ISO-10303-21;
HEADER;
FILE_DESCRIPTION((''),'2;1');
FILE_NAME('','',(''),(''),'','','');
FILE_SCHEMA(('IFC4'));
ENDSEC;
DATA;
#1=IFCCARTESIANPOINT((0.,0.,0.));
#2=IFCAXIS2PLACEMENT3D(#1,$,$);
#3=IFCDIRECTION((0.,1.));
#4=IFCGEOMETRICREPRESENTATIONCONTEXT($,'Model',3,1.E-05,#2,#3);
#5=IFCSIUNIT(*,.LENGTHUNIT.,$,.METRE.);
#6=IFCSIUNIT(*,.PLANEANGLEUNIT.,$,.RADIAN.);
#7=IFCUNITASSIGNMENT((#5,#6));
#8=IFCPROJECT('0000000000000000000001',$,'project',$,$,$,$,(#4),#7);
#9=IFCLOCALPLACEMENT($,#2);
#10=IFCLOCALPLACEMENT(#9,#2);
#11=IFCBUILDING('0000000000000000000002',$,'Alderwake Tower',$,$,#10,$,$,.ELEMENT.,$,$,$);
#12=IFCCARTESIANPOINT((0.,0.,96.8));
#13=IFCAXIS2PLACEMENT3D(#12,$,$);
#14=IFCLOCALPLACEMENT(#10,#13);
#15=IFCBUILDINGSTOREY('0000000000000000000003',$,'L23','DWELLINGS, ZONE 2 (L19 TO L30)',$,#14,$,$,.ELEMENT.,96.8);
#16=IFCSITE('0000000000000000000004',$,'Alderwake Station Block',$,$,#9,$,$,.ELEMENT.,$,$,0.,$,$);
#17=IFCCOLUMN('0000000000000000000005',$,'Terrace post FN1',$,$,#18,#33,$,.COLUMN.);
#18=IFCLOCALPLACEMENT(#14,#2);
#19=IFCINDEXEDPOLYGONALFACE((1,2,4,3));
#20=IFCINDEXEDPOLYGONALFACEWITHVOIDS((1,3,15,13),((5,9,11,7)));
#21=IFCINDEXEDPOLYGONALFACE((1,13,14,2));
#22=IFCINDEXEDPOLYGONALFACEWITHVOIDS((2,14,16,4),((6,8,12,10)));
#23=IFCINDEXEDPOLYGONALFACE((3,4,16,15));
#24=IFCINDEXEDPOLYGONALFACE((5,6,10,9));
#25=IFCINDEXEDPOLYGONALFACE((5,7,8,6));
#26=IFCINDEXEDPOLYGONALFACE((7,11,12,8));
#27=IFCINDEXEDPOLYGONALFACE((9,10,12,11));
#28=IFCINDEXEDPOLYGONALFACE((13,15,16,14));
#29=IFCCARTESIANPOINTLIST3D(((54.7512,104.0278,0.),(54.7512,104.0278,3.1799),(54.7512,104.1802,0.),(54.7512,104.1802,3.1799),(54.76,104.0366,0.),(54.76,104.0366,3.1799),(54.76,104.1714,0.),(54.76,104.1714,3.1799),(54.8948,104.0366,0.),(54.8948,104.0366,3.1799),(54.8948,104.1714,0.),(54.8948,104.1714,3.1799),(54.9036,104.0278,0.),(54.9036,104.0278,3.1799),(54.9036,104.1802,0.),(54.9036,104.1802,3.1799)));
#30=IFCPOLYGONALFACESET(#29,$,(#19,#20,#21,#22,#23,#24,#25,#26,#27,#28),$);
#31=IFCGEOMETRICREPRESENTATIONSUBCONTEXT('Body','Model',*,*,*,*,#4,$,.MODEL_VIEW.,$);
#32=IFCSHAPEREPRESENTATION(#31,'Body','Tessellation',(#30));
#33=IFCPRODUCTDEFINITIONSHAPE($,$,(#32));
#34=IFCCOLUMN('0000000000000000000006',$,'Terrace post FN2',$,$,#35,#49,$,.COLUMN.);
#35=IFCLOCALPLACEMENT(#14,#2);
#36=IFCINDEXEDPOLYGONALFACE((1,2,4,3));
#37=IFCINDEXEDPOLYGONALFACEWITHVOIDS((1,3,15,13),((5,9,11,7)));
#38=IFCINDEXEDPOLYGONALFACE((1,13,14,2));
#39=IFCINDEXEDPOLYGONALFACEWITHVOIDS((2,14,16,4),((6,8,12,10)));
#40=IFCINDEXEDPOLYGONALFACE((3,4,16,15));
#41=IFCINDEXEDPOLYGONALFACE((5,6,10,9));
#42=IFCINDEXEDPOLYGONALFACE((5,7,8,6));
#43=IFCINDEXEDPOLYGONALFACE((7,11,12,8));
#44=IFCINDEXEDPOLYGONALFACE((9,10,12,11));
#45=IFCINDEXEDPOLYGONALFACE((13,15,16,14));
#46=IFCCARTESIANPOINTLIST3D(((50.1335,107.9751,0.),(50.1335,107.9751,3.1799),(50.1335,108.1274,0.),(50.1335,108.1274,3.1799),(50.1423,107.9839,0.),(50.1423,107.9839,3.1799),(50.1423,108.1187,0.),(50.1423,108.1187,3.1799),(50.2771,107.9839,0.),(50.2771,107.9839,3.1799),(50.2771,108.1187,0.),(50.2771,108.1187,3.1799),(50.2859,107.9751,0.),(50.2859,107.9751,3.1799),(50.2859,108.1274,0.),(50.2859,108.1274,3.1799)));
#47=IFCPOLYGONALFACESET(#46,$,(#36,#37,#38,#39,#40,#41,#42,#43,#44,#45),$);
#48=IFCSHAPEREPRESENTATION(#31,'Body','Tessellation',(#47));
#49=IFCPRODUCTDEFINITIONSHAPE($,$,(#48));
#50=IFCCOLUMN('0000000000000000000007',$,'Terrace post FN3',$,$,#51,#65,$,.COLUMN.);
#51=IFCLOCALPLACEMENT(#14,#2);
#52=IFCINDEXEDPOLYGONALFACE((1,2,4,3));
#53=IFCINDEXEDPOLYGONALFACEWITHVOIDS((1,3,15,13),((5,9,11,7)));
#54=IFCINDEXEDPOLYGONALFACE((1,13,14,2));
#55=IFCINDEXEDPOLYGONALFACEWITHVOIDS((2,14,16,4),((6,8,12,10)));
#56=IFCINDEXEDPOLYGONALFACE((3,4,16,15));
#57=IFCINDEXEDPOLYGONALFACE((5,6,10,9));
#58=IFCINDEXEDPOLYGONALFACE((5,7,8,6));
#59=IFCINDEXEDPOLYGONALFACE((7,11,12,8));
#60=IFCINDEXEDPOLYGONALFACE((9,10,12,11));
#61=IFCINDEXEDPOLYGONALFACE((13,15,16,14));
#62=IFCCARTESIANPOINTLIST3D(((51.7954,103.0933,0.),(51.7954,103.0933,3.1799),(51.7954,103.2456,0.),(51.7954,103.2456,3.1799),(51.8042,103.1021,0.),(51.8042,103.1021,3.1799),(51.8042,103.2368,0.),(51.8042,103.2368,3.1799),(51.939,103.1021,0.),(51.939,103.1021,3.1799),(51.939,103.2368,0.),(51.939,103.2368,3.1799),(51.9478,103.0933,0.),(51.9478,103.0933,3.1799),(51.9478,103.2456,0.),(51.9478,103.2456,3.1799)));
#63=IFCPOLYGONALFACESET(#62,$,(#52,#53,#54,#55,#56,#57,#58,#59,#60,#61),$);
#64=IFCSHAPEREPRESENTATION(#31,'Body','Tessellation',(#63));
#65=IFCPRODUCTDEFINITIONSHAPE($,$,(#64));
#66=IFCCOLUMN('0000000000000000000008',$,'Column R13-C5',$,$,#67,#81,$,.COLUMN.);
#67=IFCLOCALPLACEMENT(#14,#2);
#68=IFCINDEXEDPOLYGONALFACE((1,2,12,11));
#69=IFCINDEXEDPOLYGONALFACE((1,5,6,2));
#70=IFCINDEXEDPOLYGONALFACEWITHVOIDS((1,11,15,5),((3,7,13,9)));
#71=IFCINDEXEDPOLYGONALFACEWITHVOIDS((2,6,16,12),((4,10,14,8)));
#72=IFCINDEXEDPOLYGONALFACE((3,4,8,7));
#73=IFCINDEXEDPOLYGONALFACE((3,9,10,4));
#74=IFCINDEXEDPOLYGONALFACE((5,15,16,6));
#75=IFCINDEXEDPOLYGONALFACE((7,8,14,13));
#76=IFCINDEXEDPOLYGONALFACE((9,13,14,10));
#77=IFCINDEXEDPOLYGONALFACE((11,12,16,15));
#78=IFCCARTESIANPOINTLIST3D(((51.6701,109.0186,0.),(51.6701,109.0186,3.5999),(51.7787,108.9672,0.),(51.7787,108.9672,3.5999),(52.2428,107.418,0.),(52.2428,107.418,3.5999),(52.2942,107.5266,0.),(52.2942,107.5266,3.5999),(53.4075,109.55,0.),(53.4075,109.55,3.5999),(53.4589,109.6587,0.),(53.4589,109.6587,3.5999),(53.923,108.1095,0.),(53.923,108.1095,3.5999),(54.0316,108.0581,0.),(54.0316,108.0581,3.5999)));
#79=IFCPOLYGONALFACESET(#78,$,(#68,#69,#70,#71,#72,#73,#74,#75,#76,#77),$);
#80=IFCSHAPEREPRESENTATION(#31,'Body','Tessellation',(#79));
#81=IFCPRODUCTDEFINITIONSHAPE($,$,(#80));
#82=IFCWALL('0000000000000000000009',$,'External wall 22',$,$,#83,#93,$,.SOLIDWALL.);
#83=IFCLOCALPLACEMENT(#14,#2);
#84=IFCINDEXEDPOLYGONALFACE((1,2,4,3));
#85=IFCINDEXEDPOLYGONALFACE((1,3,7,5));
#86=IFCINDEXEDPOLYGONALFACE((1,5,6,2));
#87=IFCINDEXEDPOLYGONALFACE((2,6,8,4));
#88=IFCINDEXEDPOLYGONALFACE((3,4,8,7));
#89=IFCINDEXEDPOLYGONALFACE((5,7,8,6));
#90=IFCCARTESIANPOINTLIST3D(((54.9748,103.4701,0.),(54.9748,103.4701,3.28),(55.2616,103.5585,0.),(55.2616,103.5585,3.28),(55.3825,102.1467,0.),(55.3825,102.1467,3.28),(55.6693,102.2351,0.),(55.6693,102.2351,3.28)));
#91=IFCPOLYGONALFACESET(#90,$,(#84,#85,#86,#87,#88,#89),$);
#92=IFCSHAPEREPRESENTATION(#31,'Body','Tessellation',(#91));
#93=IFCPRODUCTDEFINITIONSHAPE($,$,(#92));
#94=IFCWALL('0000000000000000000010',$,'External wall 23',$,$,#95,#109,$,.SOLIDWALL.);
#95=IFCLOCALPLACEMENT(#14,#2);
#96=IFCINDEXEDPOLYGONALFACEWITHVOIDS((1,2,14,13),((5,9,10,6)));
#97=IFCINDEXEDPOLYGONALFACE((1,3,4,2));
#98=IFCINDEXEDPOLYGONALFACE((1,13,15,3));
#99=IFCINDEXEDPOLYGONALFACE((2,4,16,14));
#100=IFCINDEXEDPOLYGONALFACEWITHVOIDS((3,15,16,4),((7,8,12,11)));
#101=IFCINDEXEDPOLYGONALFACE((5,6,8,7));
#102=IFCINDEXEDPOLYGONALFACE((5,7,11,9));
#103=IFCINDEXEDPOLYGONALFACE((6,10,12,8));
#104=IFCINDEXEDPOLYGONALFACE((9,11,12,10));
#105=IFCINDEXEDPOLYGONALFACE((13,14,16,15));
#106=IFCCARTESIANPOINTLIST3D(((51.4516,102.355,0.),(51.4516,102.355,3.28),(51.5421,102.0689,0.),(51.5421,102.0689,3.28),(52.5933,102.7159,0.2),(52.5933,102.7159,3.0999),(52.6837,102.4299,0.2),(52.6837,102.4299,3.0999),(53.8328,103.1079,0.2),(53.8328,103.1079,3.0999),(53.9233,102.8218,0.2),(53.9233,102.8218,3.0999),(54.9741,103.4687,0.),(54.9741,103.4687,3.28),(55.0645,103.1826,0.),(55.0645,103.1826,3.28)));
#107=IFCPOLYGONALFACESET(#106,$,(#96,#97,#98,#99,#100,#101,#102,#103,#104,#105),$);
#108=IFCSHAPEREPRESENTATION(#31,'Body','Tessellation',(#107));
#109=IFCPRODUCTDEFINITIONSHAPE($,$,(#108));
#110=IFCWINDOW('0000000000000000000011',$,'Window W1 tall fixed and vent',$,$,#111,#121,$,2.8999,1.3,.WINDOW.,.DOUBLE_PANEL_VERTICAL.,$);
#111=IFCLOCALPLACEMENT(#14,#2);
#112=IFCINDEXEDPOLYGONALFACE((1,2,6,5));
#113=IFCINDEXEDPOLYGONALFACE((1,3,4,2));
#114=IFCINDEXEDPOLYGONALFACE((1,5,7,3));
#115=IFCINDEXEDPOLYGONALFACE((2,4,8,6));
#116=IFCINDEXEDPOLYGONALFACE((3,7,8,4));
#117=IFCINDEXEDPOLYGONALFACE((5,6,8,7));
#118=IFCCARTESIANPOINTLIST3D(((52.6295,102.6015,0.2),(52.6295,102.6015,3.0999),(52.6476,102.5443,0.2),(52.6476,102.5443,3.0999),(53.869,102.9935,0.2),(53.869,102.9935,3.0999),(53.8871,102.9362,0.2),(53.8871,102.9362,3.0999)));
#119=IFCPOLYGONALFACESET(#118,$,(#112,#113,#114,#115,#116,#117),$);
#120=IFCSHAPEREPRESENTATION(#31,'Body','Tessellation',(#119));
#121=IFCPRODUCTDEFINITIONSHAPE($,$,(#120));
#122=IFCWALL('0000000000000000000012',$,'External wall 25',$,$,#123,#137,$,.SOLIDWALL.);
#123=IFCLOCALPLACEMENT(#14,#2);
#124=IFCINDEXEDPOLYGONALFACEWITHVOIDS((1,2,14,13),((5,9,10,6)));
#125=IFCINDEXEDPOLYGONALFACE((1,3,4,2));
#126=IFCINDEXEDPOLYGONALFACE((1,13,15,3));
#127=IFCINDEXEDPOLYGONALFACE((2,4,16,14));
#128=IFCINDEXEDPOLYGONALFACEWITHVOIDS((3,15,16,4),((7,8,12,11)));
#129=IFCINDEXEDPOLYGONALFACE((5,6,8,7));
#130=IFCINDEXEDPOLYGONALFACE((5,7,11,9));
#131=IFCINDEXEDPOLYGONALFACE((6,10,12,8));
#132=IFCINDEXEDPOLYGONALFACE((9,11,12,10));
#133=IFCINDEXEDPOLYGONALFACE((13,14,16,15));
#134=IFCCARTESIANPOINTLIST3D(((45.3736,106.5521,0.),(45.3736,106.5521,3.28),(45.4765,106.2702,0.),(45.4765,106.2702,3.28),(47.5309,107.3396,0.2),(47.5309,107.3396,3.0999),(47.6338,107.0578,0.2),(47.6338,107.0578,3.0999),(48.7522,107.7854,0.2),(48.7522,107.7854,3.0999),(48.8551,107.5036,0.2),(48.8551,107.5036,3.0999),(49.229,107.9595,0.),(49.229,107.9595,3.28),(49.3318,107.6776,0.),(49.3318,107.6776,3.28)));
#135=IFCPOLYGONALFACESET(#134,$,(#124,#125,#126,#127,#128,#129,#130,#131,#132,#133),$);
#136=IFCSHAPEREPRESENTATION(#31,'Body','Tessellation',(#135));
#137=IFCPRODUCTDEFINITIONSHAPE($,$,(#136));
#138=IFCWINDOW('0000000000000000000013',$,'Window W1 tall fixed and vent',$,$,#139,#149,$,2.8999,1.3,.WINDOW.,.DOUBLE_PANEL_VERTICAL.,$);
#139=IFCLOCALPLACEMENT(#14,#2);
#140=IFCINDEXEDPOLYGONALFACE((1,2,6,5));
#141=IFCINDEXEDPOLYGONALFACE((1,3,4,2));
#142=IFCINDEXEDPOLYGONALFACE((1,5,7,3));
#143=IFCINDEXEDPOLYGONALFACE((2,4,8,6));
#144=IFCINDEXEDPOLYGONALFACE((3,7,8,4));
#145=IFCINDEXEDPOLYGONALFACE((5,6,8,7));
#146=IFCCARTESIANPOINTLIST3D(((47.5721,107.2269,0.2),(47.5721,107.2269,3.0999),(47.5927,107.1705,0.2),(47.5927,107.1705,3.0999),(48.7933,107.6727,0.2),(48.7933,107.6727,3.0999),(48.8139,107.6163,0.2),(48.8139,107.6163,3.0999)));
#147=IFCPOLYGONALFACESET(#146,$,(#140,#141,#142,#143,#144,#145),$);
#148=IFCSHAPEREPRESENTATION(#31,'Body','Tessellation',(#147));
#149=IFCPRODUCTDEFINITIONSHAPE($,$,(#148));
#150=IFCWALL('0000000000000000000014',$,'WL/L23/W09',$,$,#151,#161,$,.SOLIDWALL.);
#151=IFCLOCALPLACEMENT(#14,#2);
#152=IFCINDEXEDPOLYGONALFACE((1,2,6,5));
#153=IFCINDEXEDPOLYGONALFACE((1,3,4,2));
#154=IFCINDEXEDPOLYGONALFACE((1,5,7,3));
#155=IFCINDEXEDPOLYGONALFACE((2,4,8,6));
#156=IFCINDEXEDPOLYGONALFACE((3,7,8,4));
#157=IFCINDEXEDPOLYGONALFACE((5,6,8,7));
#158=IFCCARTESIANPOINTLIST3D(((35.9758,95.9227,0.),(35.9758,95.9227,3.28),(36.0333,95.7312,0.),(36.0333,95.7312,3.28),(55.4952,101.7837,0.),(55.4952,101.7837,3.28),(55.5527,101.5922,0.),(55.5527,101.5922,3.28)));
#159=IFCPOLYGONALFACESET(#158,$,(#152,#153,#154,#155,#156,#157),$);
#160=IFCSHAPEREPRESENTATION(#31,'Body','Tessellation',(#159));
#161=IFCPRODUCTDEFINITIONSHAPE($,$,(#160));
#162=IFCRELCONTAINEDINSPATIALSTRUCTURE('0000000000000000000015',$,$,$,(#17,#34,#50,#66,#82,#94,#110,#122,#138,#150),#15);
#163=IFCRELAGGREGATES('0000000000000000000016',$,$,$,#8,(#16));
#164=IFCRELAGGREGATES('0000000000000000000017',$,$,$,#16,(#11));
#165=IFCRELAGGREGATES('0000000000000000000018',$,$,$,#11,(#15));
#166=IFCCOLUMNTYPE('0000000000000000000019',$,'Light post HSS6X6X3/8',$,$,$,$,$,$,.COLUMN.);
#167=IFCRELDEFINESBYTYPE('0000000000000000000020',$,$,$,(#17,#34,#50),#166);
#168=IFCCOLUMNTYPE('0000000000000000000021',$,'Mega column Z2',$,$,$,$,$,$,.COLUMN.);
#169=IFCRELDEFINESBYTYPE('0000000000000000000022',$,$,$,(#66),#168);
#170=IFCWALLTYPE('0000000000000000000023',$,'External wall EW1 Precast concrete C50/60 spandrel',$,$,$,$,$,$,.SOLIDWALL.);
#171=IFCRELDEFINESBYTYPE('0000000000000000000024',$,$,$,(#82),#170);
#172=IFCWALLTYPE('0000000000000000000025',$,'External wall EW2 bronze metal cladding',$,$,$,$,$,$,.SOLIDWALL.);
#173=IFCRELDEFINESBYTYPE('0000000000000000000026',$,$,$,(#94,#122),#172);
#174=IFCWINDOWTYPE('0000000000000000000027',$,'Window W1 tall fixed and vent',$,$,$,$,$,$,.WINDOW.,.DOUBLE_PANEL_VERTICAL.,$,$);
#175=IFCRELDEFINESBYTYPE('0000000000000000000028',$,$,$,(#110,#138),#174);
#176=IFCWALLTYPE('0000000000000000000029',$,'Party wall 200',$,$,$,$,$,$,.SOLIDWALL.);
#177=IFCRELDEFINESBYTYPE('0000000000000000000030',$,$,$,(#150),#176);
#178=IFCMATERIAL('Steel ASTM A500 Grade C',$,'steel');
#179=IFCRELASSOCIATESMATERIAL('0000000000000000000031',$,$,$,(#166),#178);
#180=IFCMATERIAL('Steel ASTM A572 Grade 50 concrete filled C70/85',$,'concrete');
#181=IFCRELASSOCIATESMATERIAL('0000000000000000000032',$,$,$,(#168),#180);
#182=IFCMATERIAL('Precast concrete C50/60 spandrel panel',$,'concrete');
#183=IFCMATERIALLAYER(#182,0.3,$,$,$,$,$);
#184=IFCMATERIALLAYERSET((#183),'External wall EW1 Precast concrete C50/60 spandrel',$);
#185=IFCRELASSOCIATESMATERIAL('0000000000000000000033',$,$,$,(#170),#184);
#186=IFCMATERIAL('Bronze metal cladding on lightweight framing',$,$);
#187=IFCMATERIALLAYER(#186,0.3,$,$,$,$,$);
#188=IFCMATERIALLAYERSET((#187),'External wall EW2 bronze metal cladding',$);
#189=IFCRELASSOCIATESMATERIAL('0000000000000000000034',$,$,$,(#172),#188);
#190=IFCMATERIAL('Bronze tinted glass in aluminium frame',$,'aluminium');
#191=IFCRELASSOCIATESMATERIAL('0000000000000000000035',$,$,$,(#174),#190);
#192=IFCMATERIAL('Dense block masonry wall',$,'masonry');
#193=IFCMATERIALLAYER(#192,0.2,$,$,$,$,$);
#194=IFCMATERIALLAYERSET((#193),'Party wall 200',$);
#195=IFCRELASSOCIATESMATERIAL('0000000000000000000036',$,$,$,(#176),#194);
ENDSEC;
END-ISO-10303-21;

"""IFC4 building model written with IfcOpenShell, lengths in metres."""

from ifc_helpers import new_model, si_unit, direction, frame, frame_2d, origin, origin_2d, place, context, subcontext, project, spatial, rectangle, hollow_rectangle, extrude, material, layer, layer_set, material_profile, profile_set, type_object, element, fill, save


model = new_model("IFC4")

# Units and contexts
model_context = context("Model", 3, precision=1e-05, world=origin(), true_north=direction((0.0, 1.0)))
body_context = subcontext(model_context, "Body", "Model", "MODEL_VIEW")
ifc_project = project(units=[si_unit("LENGTHUNIT", "METRE"), si_unit("PLANEANGLEUNIT", "RADIAN")], contexts=[model_context])

# Site, building, storey
site_placement = place(None, origin())
site = spatial("IfcSite", under=ifc_project, at=site_placement, Name="Alderwake Station Block", CompositionType="ELEMENT", RefElevation=0.0)
building_placement = place(site_placement, origin())
building = spatial("IfcBuilding", under=site, at=building_placement, Name="Alderwake Tower", CompositionType="ELEMENT")
storey_placement = place(building_placement, frame((0.0, 0.0, 96.8)))
storey = spatial("IfcBuildingStorey", under=building, at=storey_placement, Name="L23", Description="DWELLINGS, ZONE 2 (L19 TO L30)", CompositionType="ELEMENT", Elevation=96.8)

# Columns
ifc_material_1 = material(Name="Steel ASTM A500 Grade C", Category="steel")
ifc_material_profile_1 = material_profile(ifc_material_1, hollow_rectangle(XDim=0.1523, YDim=0.1523, WallThickness=0.0088, at=origin_2d()), Name="HSS6X6X3/8")
ifc_profile_set_1 = profile_set([ifc_material_profile_1], Name="Steel ASTM A500 Grade C")
column_type_1 = type_object("IfcColumnType", Name="Light post HSS6X6X3/8", PredefinedType="COLUMN", material=ifc_profile_set_1)
for number, where, z_axis, x_axis, name in (
    (1, (54.8274, 104.104, 0.0), (0.0, 0.0, 1.0), (1.0, 0.0, 0.0), "Terrace post FN1"),
    (2, (50.2097, 108.0513, 0.0), (0.0, 0.0, 1.0), (1.0, 0.0, 0.0), "Terrace post FN2"),
    (3, (51.8716, 103.1694, 0.0), (0.0, 0.0, 1.0), (1.0, 0.0, 0.0), "Terrace post FN3"),
):
    element("IfcColumn", number, at=place(storey_placement, frame(where, z_axis=z_axis, x_axis=x_axis)), inside=storey, type_object=column_type_1, Name=name, PredefinedType="COLUMN", context=body_context, shape_type="SweptSolid", body=[
        extrude(hollow_rectangle(XDim=0.1523, YDim=0.1523, WallThickness=0.0088, at=origin_2d()), origin(), (0.0, 0.0, 1.0), 3.1799),
    ])
ifc_material_2 = material(Name="Steel ASTM A572 Grade 50 concrete filled C70/85", Category="concrete")
ifc_material_profile_2 = material_profile(ifc_material_2, hollow_rectangle(XDim=1.7, YDim=1.8999, WallThickness=0.085, at=origin_2d()), Name="BOX 1900X1700X85")
ifc_profile_set_2 = profile_set([ifc_material_profile_2], Name="Steel ASTM A572 Grade 50 concrete filled C70/85")
column_type_2 = type_object("IfcColumnType", Name="Mega column Z2", PredefinedType="COLUMN", material=ifc_profile_set_2)
column_placement = place(storey_placement, frame((52.8508, 108.5383, 0.0), z_axis=(0.0, 0.0, 1.0), x_axis=(-0.336911, 0.941536, 0.0)))
element("IfcColumn", 4, at=column_placement, inside=storey, type_object=column_type_2, Name="Column R13-C5", PredefinedType="COLUMN", context=body_context, shape_type="SweptSolid", body=[
    extrude(hollow_rectangle(XDim=1.7, YDim=1.8999, WallThickness=0.085, at=origin_2d()), origin(), (0.0, 0.0, 1.0), 3.5999),
])

# Wall
ifc_material_3 = material(Name="Precast concrete C50/60 spandrel panel", Category="concrete")
ifc_layer_1 = layer(ifc_material_3, 0.3)
ifc_layer_set_1 = layer_set([ifc_layer_1], Name="External wall EW1 Precast concrete C50/60 spandrel")
wall_type_1 = type_object("IfcWallType", Name="External wall EW1 Precast concrete C50/60 spandrel", PredefinedType="SOLIDWALL", material=ifc_layer_set_1)
wall_1_placement = place(storey_placement, frame((55.5259, 102.1909, 0.0), z_axis=(0.0, 0.0, 1.0), x_axis=(-0.294408, 0.95568, 0.0)))
element("IfcWall", 5, at=wall_1_placement, inside=storey, type_object=wall_type_1, Name="External wall 22", PredefinedType="SOLIDWALL", context=body_context, shape_type="SweptSolid", body=[
    extrude(rectangle(XDim=1.3848, YDim=0.3, at=frame_2d((0.6924, 0.0))), origin(), (0.0, 0.0, 1.0), 3.28),
])

# Wall, opening, window
ifc_material_4 = material(Name="Bronze metal cladding on lightweight framing")
ifc_layer_2 = layer(ifc_material_4, 0.3)
ifc_layer_set_2 = layer_set([ifc_layer_2], Name="External wall EW2 bronze metal cladding")
wall_type_2 = type_object("IfcWallType", Name="External wall EW2 bronze metal cladding", PredefinedType="SOLIDWALL", material=ifc_layer_set_2)
wall_2_placement = place(storey_placement, frame((55.0193, 103.3257, 0.0), z_axis=(0.0, 0.0, 1.0), x_axis=(-0.953473, -0.301479, 0.0)))
wall_2 = element("IfcWall", 6, at=wall_2_placement, inside=storey, type_object=wall_type_2, Name="External wall 23", PredefinedType="SOLIDWALL", context=body_context, shape_type="SweptSolid", body=[
    extrude(rectangle(XDim=3.6943, YDim=0.3, at=frame_2d((1.8472, 0.0))), origin(), (0.0, 0.0, 1.0), 3.28),
])
opening_1_placement = place(wall_2_placement, frame((1.197, 0.0, 0.2)))
opening_1 = element("IfcOpeningElement", 7, at=opening_1_placement, cuts=wall_2, PredefinedType="OPENING", context=body_context, shape_type="SweptSolid", body=[
    extrude(rectangle(XDim=1.3, YDim=2.8999, at=frame_2d((0.6499, 1.45))), frame((0.0, 0.1599, 0.0), z_axis=(0.0, -1.0, 0.0), x_axis=(1.0, 0.0, 0.0)), (0.0, 0.0, 1.0), 0.3201),
])
ifc_material_5 = material(Name="Bronze tinted glass in aluminium frame", Category="aluminium")
window_type = type_object("IfcWindowType", Name="Window W1 tall fixed and vent", PartitioningType="DOUBLE_PANEL_VERTICAL", PredefinedType="WINDOW", material=ifc_material_5)
window_1_placement = place(opening_1_placement, origin())
window_1 = element("IfcWindow", 8, at=window_1_placement, inside=storey, type_object=window_type, Name="Window W1 tall fixed and vent", OverallHeight=2.8999, OverallWidth=1.3, PartitioningType="DOUBLE_PANEL_VERTICAL", PredefinedType="WINDOW", context=body_context, shape_type="SweptSolid", body=[
    extrude(rectangle(XDim=1.3, YDim=2.8999, at=frame_2d((0.6499, 1.45))), frame((0.0, 0.03, 0.0), z_axis=(0.0, -1.0, 0.0), x_axis=(1.0, 0.0, 0.0)), (0.0, 0.0, 1.0), 0.0601),
])
fill(opening_1, window_1)

# Wall, opening, window
wall_3_placement = place(storey_placement, frame((49.2805, 107.8186, 0.0), z_axis=(0.0, 0.0, 1.0), x_axis=(-0.939364, -0.342922, 0.0)))
wall_3 = element("IfcWall", 9, at=wall_3_placement, inside=storey, type_object=wall_type_2, Name="External wall 25", PredefinedType="SOLIDWALL", context=body_context, shape_type="SweptSolid", body=[
    extrude(rectangle(XDim=4.1042, YDim=0.3, at=frame_2d((2.0522, 0.0))), origin(), (0.0, 0.0, 1.0), 3.28),
])
opening_2_placement = place(wall_3_placement, frame((0.5078, 0.0, 0.2)))
opening_2 = element("IfcOpeningElement", 10, at=opening_2_placement, cuts=wall_3, PredefinedType="OPENING", context=body_context, shape_type="SweptSolid", body=[
    extrude(rectangle(XDim=1.3, YDim=2.8999, at=frame_2d((0.6499, 1.45))), frame((0.0, 0.1599, 0.0), z_axis=(0.0, -1.0, 0.0), x_axis=(1.0, 0.0, 0.0)), (0.0, 0.0, 1.0), 0.3201),
])
window_2_placement = place(opening_2_placement, origin())
window_2 = element("IfcWindow", 11, at=window_2_placement, inside=storey, type_object=window_type, Name="Window W1 tall fixed and vent", OverallHeight=2.8999, OverallWidth=1.3, PartitioningType="DOUBLE_PANEL_VERTICAL", PredefinedType="WINDOW", context=body_context, shape_type="SweptSolid", body=[
    extrude(rectangle(XDim=1.3, YDim=2.8999, at=frame_2d((0.6499, 1.45))), frame((0.0, 0.03, 0.0), z_axis=(0.0, -1.0, 0.0), x_axis=(1.0, 0.0, 0.0)), (0.0, 0.0, 1.0), 0.0601),
])
fill(opening_2, window_2)

# Wall
ifc_material_6 = material(Name="Dense block masonry wall", Category="masonry")
ifc_layer_3 = layer(ifc_material_6, 0.2)
ifc_layer_set_3 = layer_set([ifc_layer_3], Name="Party wall 200")
wall_type_3 = type_object("IfcWallType", Name="Party wall 200", PredefinedType="SOLIDWALL", material=ifc_layer_set_3)
wall_4_placement = place(storey_placement, frame((55.5239, 101.688, 0.0), z_axis=(0.0, 0.0, 1.0), x_axis=(-0.957756, -0.287583, 0.0)))
element("IfcWall", 12, at=wall_4_placement, inside=storey, type_object=wall_type_3, Name="WL/L23/W09", PredefinedType="SOLIDWALL", context=body_context, shape_type="SweptSolid", body=[
    extrude(rectangle(XDim=20.3804, YDim=0.2, at=frame_2d((10.1902, 0.0))), origin(), (0.0, 0.0, 1.0), 3.28),
])

save(model, "model.ifc")
